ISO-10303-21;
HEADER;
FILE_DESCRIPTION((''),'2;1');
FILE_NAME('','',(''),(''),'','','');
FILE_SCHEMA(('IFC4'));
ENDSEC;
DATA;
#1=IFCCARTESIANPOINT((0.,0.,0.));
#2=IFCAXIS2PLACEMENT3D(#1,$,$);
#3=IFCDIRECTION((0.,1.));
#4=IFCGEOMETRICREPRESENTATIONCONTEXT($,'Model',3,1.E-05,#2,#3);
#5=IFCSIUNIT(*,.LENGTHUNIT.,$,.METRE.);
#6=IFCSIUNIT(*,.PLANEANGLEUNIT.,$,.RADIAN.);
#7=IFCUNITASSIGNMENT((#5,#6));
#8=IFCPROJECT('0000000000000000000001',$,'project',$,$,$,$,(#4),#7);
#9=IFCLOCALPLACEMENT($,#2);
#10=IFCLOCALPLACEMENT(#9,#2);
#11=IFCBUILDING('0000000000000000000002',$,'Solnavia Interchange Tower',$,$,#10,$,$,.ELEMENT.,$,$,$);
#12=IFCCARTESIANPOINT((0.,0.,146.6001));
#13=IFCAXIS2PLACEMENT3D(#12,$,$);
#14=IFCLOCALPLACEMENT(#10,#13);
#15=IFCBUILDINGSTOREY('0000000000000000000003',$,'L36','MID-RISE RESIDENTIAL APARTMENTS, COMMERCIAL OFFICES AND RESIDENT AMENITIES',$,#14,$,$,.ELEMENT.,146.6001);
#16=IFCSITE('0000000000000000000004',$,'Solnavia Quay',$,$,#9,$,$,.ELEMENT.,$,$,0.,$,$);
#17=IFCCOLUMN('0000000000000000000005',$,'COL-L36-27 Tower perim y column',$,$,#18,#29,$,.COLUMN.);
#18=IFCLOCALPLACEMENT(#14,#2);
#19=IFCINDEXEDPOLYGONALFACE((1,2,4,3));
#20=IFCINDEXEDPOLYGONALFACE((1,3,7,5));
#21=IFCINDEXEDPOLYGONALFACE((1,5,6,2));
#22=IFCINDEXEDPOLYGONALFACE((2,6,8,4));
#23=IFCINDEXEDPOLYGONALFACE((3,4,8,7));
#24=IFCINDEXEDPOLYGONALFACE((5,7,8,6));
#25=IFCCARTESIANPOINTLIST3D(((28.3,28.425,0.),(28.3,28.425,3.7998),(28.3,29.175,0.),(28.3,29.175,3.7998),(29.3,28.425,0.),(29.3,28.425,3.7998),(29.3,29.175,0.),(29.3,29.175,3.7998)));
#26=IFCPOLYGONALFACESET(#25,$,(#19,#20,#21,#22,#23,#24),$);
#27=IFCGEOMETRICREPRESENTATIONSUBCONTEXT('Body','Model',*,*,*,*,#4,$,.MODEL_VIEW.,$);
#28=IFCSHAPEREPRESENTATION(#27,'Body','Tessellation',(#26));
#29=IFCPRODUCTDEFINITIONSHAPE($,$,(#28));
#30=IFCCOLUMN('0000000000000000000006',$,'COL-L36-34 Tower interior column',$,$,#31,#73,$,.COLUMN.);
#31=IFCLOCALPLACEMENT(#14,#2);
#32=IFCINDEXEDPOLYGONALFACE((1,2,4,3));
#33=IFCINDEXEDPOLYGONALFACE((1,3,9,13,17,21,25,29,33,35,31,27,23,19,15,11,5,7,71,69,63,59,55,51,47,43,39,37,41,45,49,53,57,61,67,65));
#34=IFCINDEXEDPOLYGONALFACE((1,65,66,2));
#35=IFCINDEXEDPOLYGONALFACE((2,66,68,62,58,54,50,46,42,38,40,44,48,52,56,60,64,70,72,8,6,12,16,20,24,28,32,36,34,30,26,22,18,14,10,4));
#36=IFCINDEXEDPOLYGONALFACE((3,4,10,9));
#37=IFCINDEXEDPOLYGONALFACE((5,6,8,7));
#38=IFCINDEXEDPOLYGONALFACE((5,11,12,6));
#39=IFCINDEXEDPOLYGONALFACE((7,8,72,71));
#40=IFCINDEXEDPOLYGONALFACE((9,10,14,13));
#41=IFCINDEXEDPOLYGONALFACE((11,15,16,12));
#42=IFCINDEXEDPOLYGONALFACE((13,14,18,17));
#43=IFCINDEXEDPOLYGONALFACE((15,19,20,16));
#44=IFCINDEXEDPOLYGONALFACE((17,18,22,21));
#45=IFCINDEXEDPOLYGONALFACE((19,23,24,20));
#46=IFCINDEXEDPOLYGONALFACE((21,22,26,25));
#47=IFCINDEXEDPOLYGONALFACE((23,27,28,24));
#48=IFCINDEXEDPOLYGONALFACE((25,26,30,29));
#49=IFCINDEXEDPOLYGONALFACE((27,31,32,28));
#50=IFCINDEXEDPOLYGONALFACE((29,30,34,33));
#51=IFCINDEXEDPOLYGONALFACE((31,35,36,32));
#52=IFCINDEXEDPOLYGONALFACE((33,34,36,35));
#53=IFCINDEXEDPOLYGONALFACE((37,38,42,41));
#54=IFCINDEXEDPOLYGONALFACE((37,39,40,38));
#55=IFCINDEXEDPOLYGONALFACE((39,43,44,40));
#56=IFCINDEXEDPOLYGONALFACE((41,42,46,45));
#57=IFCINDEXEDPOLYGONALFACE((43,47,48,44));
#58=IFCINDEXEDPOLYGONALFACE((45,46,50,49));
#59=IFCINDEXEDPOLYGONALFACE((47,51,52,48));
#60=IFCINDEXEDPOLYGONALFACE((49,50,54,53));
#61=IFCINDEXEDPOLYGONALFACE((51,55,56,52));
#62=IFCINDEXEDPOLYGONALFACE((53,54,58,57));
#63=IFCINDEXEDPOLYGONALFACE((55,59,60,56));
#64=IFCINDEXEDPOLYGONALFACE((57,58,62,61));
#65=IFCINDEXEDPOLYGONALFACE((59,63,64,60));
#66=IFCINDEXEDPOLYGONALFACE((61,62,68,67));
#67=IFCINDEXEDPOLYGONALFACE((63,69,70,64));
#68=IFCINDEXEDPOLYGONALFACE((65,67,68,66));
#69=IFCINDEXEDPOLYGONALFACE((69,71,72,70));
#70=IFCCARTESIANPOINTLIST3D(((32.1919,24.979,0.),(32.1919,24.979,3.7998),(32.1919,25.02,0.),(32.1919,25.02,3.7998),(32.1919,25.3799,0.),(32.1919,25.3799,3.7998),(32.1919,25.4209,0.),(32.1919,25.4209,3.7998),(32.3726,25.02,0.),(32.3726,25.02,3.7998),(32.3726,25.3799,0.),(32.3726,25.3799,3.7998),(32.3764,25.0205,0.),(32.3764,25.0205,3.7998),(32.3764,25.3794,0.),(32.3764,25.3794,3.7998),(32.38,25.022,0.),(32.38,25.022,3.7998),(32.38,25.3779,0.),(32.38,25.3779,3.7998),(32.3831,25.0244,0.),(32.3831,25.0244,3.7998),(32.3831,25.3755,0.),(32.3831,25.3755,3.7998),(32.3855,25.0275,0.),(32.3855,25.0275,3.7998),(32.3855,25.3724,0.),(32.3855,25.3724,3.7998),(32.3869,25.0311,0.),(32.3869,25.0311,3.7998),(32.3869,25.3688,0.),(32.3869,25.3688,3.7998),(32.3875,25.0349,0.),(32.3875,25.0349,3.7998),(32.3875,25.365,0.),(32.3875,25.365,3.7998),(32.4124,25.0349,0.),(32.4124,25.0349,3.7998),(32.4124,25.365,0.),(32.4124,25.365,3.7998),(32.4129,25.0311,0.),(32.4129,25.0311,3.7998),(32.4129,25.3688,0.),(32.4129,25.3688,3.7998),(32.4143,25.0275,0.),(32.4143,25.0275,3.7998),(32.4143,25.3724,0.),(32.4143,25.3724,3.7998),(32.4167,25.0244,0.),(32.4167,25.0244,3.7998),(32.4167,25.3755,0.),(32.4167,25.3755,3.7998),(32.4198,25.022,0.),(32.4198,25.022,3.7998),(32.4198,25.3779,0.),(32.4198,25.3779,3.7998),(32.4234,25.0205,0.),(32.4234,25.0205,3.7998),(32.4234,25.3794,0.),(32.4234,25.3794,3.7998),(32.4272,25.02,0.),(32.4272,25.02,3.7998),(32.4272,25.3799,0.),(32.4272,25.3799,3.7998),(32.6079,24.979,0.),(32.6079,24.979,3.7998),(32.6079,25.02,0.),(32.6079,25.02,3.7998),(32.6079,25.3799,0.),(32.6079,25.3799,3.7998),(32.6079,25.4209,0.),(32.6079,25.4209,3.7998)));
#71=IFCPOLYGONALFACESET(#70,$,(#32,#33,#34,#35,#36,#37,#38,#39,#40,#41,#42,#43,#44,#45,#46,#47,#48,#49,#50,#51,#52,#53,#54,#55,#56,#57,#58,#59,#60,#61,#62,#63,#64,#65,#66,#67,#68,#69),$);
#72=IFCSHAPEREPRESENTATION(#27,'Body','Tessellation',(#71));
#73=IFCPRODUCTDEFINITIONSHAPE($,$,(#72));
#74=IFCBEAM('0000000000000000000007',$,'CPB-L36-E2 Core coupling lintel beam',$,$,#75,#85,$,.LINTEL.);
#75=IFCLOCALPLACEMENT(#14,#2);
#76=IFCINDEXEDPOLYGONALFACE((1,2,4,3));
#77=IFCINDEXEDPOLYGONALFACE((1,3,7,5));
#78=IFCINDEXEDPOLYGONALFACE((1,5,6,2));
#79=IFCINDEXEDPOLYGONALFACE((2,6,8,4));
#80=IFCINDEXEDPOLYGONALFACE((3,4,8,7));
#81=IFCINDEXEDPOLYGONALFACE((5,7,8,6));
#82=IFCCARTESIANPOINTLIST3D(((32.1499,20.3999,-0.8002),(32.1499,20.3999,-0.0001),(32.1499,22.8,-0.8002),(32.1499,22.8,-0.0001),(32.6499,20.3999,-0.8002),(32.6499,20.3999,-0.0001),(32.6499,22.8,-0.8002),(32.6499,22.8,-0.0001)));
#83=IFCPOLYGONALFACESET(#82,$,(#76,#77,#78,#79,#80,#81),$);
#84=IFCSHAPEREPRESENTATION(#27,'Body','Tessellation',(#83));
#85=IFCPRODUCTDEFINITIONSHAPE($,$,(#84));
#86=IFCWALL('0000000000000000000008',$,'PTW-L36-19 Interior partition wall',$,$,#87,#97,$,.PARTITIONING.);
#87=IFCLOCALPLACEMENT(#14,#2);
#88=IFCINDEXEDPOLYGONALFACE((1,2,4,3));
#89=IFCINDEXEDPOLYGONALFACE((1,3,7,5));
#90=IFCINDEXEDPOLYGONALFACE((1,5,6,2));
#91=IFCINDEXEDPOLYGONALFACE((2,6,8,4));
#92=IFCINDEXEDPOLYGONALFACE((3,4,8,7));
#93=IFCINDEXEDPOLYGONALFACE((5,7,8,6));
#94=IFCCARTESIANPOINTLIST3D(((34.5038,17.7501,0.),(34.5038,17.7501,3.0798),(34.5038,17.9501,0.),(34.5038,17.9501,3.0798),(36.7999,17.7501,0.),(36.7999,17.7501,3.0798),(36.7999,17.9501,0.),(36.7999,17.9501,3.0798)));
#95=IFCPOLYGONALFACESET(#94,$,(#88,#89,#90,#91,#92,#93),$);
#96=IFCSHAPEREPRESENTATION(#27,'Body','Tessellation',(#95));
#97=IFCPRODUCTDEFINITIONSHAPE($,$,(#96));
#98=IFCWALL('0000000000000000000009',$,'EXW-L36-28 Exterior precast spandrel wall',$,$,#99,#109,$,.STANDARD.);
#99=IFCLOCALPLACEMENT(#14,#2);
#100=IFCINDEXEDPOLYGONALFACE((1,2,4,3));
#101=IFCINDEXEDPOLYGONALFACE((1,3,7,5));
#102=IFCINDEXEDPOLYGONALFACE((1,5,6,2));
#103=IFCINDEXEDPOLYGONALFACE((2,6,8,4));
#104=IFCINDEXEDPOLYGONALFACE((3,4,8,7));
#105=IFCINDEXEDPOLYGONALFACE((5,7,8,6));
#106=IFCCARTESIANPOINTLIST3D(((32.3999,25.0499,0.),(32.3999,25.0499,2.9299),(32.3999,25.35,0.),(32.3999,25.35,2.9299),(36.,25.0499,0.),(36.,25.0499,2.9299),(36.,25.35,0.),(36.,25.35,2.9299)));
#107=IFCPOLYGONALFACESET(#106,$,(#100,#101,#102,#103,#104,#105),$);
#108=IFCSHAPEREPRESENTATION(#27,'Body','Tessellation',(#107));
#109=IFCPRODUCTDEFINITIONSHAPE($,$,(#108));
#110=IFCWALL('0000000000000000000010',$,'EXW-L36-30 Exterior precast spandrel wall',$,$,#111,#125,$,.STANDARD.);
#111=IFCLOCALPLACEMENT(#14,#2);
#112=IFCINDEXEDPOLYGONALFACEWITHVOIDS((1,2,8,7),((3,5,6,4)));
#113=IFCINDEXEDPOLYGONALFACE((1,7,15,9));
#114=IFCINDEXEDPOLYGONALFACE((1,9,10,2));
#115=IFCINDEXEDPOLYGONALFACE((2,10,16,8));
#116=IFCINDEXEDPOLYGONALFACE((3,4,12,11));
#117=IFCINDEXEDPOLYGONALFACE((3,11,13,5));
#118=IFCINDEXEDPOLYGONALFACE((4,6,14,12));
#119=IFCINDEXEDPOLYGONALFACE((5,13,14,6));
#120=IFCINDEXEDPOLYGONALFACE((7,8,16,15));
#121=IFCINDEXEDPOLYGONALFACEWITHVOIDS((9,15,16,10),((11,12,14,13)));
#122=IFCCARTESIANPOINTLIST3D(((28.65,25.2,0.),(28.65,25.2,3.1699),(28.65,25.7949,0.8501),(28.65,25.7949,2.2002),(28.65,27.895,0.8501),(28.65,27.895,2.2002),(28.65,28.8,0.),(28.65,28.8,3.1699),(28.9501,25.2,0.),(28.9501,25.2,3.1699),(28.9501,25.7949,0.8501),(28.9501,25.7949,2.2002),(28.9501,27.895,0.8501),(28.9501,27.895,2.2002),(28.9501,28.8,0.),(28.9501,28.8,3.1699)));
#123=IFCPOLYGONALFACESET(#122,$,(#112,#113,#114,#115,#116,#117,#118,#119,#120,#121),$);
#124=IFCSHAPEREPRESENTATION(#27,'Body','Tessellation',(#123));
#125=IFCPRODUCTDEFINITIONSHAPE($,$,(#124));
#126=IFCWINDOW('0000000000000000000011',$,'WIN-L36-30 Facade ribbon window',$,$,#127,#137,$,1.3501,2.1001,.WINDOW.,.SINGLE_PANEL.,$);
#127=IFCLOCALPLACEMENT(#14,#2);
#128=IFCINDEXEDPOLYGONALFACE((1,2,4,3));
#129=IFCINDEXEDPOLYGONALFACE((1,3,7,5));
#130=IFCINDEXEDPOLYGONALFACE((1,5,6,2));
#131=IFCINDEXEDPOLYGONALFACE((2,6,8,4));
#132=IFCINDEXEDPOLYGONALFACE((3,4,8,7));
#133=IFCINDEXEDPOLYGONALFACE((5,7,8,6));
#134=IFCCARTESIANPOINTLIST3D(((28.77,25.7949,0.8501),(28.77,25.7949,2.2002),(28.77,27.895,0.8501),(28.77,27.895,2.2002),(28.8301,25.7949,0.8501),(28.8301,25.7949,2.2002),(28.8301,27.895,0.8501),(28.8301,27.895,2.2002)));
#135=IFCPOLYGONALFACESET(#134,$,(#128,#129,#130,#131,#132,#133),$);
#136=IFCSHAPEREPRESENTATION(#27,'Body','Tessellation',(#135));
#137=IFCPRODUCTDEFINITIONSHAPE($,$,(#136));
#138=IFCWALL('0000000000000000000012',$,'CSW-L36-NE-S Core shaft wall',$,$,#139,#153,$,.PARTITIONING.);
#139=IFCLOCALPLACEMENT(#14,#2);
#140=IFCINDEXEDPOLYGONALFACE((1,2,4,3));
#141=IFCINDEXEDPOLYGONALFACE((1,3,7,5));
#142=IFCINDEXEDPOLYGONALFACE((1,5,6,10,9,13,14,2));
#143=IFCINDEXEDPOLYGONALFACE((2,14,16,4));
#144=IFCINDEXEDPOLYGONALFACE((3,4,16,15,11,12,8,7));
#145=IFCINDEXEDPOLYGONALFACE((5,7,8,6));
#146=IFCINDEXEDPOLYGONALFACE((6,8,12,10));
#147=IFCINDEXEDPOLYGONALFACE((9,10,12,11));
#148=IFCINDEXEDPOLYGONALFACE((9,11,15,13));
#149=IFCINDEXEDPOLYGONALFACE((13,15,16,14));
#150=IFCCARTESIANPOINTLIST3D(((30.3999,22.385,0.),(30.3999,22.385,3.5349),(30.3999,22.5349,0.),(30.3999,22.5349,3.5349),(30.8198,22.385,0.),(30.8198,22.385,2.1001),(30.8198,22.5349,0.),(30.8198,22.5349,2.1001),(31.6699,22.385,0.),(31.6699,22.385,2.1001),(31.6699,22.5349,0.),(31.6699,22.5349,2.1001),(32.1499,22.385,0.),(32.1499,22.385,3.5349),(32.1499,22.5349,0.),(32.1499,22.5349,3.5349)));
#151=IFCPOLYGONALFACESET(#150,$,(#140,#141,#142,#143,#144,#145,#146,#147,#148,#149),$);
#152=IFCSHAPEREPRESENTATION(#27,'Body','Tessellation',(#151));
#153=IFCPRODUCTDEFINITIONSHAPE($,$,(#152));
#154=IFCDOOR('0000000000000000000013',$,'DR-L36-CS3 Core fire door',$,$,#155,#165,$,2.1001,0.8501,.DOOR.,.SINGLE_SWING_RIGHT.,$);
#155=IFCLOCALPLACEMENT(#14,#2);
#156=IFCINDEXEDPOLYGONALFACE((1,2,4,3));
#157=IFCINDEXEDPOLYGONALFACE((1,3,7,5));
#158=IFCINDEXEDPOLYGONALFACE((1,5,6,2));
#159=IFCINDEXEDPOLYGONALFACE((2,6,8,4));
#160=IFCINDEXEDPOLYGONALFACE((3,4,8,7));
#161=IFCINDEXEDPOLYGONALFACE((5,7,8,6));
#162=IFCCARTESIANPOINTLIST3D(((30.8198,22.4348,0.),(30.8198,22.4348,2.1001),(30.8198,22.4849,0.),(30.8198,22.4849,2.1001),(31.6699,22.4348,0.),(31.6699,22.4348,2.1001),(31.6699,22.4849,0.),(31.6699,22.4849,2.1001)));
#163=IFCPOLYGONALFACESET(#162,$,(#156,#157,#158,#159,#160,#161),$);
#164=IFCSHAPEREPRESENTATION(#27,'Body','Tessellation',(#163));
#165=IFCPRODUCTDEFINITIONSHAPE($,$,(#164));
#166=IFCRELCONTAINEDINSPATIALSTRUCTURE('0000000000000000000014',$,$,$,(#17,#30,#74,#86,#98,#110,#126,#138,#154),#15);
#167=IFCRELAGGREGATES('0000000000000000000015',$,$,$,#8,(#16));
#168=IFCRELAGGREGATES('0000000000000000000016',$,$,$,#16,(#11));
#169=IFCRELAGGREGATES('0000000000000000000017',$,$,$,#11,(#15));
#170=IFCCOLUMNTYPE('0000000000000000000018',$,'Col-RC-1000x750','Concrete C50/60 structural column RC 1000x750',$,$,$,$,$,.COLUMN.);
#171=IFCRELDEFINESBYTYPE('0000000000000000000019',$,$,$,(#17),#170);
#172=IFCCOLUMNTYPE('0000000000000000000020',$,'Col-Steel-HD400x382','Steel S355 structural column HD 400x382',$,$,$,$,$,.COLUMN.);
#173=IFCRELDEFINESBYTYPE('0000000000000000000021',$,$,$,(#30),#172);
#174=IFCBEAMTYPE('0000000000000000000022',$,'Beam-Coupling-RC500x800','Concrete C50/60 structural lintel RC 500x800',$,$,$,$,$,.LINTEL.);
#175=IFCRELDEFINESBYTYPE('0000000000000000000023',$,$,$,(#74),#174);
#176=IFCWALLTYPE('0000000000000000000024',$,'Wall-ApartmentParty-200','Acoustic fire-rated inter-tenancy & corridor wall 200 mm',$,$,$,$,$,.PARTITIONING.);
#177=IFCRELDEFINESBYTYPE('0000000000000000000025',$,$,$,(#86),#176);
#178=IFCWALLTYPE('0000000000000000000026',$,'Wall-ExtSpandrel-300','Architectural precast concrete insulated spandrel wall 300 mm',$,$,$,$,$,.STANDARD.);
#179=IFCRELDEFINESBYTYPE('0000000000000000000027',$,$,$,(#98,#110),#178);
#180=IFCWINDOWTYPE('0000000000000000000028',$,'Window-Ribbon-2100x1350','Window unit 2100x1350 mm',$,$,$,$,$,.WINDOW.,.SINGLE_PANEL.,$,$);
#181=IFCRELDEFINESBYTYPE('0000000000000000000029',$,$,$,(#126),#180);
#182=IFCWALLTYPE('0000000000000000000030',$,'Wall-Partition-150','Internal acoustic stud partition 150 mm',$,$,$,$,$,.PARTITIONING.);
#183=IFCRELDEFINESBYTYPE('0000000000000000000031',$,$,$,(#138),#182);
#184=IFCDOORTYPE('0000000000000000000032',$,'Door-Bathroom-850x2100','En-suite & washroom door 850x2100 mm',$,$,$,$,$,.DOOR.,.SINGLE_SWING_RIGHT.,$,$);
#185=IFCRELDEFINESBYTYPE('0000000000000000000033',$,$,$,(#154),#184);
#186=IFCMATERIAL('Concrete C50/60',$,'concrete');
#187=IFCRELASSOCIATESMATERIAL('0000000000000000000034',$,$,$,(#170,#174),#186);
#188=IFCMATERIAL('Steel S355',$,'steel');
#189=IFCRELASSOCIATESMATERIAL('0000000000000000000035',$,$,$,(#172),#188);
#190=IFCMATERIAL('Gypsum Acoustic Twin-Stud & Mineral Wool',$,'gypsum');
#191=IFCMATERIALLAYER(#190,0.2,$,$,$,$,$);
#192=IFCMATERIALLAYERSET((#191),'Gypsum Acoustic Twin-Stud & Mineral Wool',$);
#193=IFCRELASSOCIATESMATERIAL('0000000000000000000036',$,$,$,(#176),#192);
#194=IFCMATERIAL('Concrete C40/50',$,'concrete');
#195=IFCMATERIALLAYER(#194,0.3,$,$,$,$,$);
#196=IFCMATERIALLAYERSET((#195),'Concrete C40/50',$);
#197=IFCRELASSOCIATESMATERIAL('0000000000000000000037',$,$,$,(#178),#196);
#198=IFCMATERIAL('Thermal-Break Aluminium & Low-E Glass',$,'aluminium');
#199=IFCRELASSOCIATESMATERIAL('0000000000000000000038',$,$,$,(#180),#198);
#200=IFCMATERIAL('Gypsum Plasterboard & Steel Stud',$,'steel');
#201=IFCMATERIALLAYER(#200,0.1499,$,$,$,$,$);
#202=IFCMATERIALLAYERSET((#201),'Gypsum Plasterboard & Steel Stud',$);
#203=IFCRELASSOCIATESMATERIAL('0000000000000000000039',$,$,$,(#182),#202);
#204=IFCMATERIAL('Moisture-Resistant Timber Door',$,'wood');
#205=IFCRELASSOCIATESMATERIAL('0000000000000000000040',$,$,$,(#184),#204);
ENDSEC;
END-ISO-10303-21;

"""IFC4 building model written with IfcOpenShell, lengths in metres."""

from ifc_helpers import new_model, si_unit, direction, frame, frame_2d, origin, origin_2d, place, context, subcontext, project, spatial, rectangle, i_section, extrude, material, layer, layer_set, material_profile, profile_set, type_object, element, fill, save


model = new_model("IFC4")

# Units and contexts
model_context = context("Model", 3, precision=1e-05, world=origin(), true_north=direction((0.0, 1.0)))
body_context = subcontext(model_context, "Body", "Model", "MODEL_VIEW")
ifc_project = project(units=[si_unit("LENGTHUNIT", "METRE"), si_unit("PLANEANGLEUNIT", "RADIAN")], contexts=[model_context])

# Site, building, storey
site_placement = place(None, origin())
site = spatial("IfcSite", under=ifc_project, at=site_placement, Name="Solnavia Quay", CompositionType="ELEMENT", RefElevation=0.0)
building_placement = place(site_placement, origin())
building = spatial("IfcBuilding", under=site, at=building_placement, Name="Solnavia Interchange Tower", CompositionType="ELEMENT")
storey_placement = place(building_placement, frame((0.0, 0.0, 146.6001)))
storey = spatial("IfcBuildingStorey", under=building, at=storey_placement, Name="L36", Description="MID-RISE RESIDENTIAL APARTMENTS, COMMERCIAL OFFICES AND RESIDENT AMENITIES", CompositionType="ELEMENT", Elevation=146.6001)

# Columns
ifc_material_1 = material(Name="Concrete C50/60", Category="concrete")
ifc_material_profile_1 = material_profile(ifc_material_1, rectangle(XDim=0.75, YDim=1.0, at=origin_2d()), Name="RC 1000x750")
ifc_profile_set_1 = profile_set([ifc_material_profile_1], Name="Concrete C50/60")
column_type_1 = type_object("IfcColumnType", Name="Col-RC-1000x750", Description="Concrete C50/60 structural column RC 1000x750", PredefinedType="COLUMN", material=ifc_profile_set_1)
column_1_placement = place(storey_placement, frame((28.8, 28.8, 0.0), z_axis=(0.0, 0.0, 1.0), x_axis=(0.0, 1.0, 0.0)))
element("IfcColumn", 1, at=column_1_placement, inside=storey, type_object=column_type_1, Name="COL-L36-27 Tower perim y column", PredefinedType="COLUMN", context=body_context, shape_type="SweptSolid", body=[
    extrude(rectangle(XDim=0.75, YDim=1.0, at=origin_2d()), origin(), (0.0, 0.0, 1.0), 3.7998),
])
ifc_material_2 = material(Name="Steel S355", Category="steel")
ifc_material_profile_2 = material_profile(ifc_material_2, i_section(OverallWidth=0.416, OverallDepth=0.4419, WebThickness=0.0249, FlangeThickness=0.041, FilletRadius=0.0149, at=origin_2d()), Name="HD 400x382")
ifc_profile_set_2 = profile_set([ifc_material_profile_2], Name="Steel S355")
column_type_2 = type_object("IfcColumnType", Name="Col-Steel-HD400x382", Description="Steel S355 structural column HD 400x382", PredefinedType="COLUMN", material=ifc_profile_set_2)
column_2_placement = place(storey_placement, frame((32.3999, 25.2, 0.0), z_axis=(0.0, 0.0, 1.0), x_axis=(1.0, 0.0, 0.0)))
element("IfcColumn", 2, at=column_2_placement, inside=storey, type_object=column_type_2, Name="COL-L36-34 Tower interior column", PredefinedType="COLUMN", context=body_context, shape_type="SweptSolid", body=[
    extrude(i_section(OverallWidth=0.416, OverallDepth=0.4419, WebThickness=0.0249, FlangeThickness=0.041, FilletRadius=0.0149, at=origin_2d()), origin(), (0.0, 0.0, 1.0), 3.7998),
])

# Beam
ifc_material_profile_3 = material_profile(ifc_material_1, rectangle(XDim=0.5, YDim=0.8, at=origin_2d()), Name="RC 500x800")
ifc_profile_set_3 = profile_set([ifc_material_profile_3], Name="Concrete C50/60")
beam_type = type_object("IfcBeamType", Name="Beam-Coupling-RC500x800", Description="Concrete C50/60 structural lintel RC 500x800", PredefinedType="LINTEL", material=ifc_profile_set_3)
beam_placement = place(storey_placement, frame((32.3999, 20.3999, -0.4001), z_axis=(0.0, 1.0, 0.0), x_axis=(-1.0, 0.0, 0.0)))
element("IfcBeam", 3, at=beam_placement, inside=storey, type_object=beam_type, Name="CPB-L36-E2 Core coupling lintel beam", PredefinedType="LINTEL", context=body_context, shape_type="SweptSolid", body=[
    extrude(rectangle(XDim=0.5, YDim=0.8, at=origin_2d()), origin(), (0.0, 0.0, 1.0), 2.4001),
])

# Walls
ifc_material_3 = material(Name="Gypsum Acoustic Twin-Stud & Mineral Wool", Category="gypsum")
ifc_layer_1 = layer(ifc_material_3, 0.2)
ifc_layer_set_1 = layer_set([ifc_layer_1], Name="Gypsum Acoustic Twin-Stud & Mineral Wool")
wall_type_1 = type_object("IfcWallType", Name="Wall-ApartmentParty-200", Description="Acoustic fire-rated inter-tenancy & corridor wall 200 mm", PredefinedType="PARTITIONING", material=ifc_layer_set_1)
wall_1_placement = place(storey_placement, frame((34.5039, 17.8501, 0.0), z_axis=(0.0, 0.0, 1.0), x_axis=(1.0, 0.0, 0.0)))
element("IfcWall", 4, at=wall_1_placement, inside=storey, type_object=wall_type_1, Name="PTW-L36-19 Interior partition wall", PredefinedType="PARTITIONING", context=body_context, shape_type="SweptSolid", body=[
    extrude(rectangle(XDim=2.2961, YDim=0.2, at=frame_2d((1.1479, 0.0))), origin(), (0.0, 0.0, 1.0), 3.0798),
])
ifc_material_4 = material(Name="Concrete C40/50", Category="concrete")
ifc_layer_2 = layer(ifc_material_4, 0.3)
ifc_layer_set_2 = layer_set([ifc_layer_2], Name="Concrete C40/50")
wall_type_2 = type_object("IfcWallType", Name="Wall-ExtSpandrel-300", Description="Architectural precast concrete insulated spandrel wall 300 mm", PredefinedType="STANDARD", material=ifc_layer_set_2)
wall_2_placement = place(storey_placement, frame((32.3999, 25.2, 0.0), z_axis=(0.0, 0.0, 1.0), x_axis=(1.0, 0.0, 0.0)))
element("IfcWall", 5, at=wall_2_placement, inside=storey, type_object=wall_type_2, Name="EXW-L36-28 Exterior precast spandrel wall", PredefinedType="STANDARD", context=body_context, shape_type="SweptSolid", body=[
    extrude(rectangle(XDim=3.6001, YDim=0.3, at=frame_2d((1.8, 0.0))), origin(), (0.0, 0.0, 1.0), 2.9299),
])

# Wall, opening, window
wall_3_placement = place(storey_placement, frame((28.8, 28.8, 0.0), z_axis=(0.0, 0.0, 1.0), x_axis=(0.0, -1.0, 0.0)))
wall_3 = element("IfcWall", 6, at=wall_3_placement, inside=storey, type_object=wall_type_2, Name="EXW-L36-30 Exterior precast spandrel wall", PredefinedType="STANDARD", context=body_context, shape_type="SweptSolid", body=[
    extrude(rectangle(XDim=3.6001, YDim=0.3, at=frame_2d((1.8, 0.0))), origin(), (0.0, 0.0, 1.0), 3.1699),
])
opening_1_placement = place(wall_3_placement, frame((0.905, 0.0, 0.8501)))
opening_1 = element("IfcOpeningElement", 7, at=opening_1_placement, cuts=wall_3, PredefinedType="OPENING", context=body_context, shape_type="SweptSolid", body=[
    extrude(rectangle(XDim=2.1001, YDim=1.3501, at=frame_2d((1.05, 0.675))), frame((0.0, 0.1602, 0.0), z_axis=(0.0, -1.0, 0.0), x_axis=(1.0, 0.0, 0.0)), (0.0, 0.0, 1.0), 0.3201),
])
ifc_material_5 = material(Name="Thermal-Break Aluminium & Low-E Glass", Category="aluminium")
window_type = type_object("IfcWindowType", Name="Window-Ribbon-2100x1350", Description="Window unit 2100x1350 mm", PartitioningType="SINGLE_PANEL", PredefinedType="WINDOW", material=ifc_material_5)
window_placement = place(opening_1_placement, origin())
window = element("IfcWindow", 8, at=window_placement, inside=storey, type_object=window_type, Name="WIN-L36-30 Facade ribbon window", OverallHeight=1.3501, OverallWidth=2.1001, PartitioningType="SINGLE_PANEL", PredefinedType="WINDOW", context=body_context, shape_type="SweptSolid", body=[
    extrude(rectangle(XDim=2.1001, YDim=1.3501, at=frame_2d((1.05, 0.675))), frame((0.0, 0.03, 0.0), z_axis=(0.0, -1.0, 0.0), x_axis=(1.0, 0.0, 0.0)), (0.0, 0.0, 1.0), 0.0601),
])
fill(opening_1, window)

# Wall, opening, door
ifc_material_6 = material(Name="Gypsum Plasterboard & Steel Stud", Category="steel")
ifc_layer_3 = layer(ifc_material_6, 0.1499)
ifc_layer_set_3 = layer_set([ifc_layer_3], Name="Gypsum Plasterboard & Steel Stud")
wall_type_3 = type_object("IfcWallType", Name="Wall-Partition-150", Description="Internal acoustic stud partition 150 mm", PredefinedType="PARTITIONING", material=ifc_layer_set_3)
wall_4_placement = place(storey_placement, frame((30.3999, 22.46, 0.0), z_axis=(0.0, 0.0, 1.0), x_axis=(1.0, 0.0, 0.0)))
wall_4 = element("IfcWall", 9, at=wall_4_placement, inside=storey, type_object=wall_type_3, Name="CSW-L36-NE-S Core shaft wall", PredefinedType="PARTITIONING", context=body_context, shape_type="SweptSolid", body=[
    extrude(rectangle(XDim=1.75, YDim=0.1499, at=frame_2d((0.875, 0.0))), origin(), (0.0, 0.0, 1.0), 3.5349),
])
opening_2_placement = place(wall_4_placement, frame((0.4199, 0.0, 0.0)))
opening_2 = element("IfcOpeningElement", 10, at=opening_2_placement, cuts=wall_4, PredefinedType="OPENING", context=body_context, shape_type="SweptSolid", body=[
    extrude(rectangle(XDim=0.8501, YDim=2.1001, at=frame_2d((0.425, 1.05))), frame((0.0, 0.085, 0.0), z_axis=(0.0, -1.0, 0.0), x_axis=(1.0, 0.0, 0.0)), (0.0, 0.0, 1.0), 0.1699),
])
ifc_material_7 = material(Name="Moisture-Resistant Timber Door", Category="wood")
door_type_1 = type_object("IfcDoorType", Name="Door-Bathroom-850x2100", Description="En-suite & washroom door 850x2100 mm", OperationType="SINGLE_SWING_RIGHT", PredefinedType="DOOR", material=ifc_material_7)
door_1_placement = place(opening_2_placement, origin())
door_1 = element("IfcDoor", 11, at=door_1_placement, inside=storey, type_object=door_type_1, Name="DR-L36-CS3 Core fire door", OperationType="SINGLE_SWING_RIGHT", OverallHeight=2.1001, OverallWidth=0.8501, PredefinedType="DOOR", context=body_context, shape_type="SweptSolid", body=[
    extrude(rectangle(XDim=0.8501, YDim=2.1001, at=frame_2d((0.425, 1.05))), frame((0.0, 0.0249, 0.0), z_axis=(0.0, -1.0, 0.0), x_axis=(1.0, 0.0, 0.0)), (0.0, 0.0, 1.0), 0.05),
])
fill(opening_2, door_1)

save(model, "model.ifc")
